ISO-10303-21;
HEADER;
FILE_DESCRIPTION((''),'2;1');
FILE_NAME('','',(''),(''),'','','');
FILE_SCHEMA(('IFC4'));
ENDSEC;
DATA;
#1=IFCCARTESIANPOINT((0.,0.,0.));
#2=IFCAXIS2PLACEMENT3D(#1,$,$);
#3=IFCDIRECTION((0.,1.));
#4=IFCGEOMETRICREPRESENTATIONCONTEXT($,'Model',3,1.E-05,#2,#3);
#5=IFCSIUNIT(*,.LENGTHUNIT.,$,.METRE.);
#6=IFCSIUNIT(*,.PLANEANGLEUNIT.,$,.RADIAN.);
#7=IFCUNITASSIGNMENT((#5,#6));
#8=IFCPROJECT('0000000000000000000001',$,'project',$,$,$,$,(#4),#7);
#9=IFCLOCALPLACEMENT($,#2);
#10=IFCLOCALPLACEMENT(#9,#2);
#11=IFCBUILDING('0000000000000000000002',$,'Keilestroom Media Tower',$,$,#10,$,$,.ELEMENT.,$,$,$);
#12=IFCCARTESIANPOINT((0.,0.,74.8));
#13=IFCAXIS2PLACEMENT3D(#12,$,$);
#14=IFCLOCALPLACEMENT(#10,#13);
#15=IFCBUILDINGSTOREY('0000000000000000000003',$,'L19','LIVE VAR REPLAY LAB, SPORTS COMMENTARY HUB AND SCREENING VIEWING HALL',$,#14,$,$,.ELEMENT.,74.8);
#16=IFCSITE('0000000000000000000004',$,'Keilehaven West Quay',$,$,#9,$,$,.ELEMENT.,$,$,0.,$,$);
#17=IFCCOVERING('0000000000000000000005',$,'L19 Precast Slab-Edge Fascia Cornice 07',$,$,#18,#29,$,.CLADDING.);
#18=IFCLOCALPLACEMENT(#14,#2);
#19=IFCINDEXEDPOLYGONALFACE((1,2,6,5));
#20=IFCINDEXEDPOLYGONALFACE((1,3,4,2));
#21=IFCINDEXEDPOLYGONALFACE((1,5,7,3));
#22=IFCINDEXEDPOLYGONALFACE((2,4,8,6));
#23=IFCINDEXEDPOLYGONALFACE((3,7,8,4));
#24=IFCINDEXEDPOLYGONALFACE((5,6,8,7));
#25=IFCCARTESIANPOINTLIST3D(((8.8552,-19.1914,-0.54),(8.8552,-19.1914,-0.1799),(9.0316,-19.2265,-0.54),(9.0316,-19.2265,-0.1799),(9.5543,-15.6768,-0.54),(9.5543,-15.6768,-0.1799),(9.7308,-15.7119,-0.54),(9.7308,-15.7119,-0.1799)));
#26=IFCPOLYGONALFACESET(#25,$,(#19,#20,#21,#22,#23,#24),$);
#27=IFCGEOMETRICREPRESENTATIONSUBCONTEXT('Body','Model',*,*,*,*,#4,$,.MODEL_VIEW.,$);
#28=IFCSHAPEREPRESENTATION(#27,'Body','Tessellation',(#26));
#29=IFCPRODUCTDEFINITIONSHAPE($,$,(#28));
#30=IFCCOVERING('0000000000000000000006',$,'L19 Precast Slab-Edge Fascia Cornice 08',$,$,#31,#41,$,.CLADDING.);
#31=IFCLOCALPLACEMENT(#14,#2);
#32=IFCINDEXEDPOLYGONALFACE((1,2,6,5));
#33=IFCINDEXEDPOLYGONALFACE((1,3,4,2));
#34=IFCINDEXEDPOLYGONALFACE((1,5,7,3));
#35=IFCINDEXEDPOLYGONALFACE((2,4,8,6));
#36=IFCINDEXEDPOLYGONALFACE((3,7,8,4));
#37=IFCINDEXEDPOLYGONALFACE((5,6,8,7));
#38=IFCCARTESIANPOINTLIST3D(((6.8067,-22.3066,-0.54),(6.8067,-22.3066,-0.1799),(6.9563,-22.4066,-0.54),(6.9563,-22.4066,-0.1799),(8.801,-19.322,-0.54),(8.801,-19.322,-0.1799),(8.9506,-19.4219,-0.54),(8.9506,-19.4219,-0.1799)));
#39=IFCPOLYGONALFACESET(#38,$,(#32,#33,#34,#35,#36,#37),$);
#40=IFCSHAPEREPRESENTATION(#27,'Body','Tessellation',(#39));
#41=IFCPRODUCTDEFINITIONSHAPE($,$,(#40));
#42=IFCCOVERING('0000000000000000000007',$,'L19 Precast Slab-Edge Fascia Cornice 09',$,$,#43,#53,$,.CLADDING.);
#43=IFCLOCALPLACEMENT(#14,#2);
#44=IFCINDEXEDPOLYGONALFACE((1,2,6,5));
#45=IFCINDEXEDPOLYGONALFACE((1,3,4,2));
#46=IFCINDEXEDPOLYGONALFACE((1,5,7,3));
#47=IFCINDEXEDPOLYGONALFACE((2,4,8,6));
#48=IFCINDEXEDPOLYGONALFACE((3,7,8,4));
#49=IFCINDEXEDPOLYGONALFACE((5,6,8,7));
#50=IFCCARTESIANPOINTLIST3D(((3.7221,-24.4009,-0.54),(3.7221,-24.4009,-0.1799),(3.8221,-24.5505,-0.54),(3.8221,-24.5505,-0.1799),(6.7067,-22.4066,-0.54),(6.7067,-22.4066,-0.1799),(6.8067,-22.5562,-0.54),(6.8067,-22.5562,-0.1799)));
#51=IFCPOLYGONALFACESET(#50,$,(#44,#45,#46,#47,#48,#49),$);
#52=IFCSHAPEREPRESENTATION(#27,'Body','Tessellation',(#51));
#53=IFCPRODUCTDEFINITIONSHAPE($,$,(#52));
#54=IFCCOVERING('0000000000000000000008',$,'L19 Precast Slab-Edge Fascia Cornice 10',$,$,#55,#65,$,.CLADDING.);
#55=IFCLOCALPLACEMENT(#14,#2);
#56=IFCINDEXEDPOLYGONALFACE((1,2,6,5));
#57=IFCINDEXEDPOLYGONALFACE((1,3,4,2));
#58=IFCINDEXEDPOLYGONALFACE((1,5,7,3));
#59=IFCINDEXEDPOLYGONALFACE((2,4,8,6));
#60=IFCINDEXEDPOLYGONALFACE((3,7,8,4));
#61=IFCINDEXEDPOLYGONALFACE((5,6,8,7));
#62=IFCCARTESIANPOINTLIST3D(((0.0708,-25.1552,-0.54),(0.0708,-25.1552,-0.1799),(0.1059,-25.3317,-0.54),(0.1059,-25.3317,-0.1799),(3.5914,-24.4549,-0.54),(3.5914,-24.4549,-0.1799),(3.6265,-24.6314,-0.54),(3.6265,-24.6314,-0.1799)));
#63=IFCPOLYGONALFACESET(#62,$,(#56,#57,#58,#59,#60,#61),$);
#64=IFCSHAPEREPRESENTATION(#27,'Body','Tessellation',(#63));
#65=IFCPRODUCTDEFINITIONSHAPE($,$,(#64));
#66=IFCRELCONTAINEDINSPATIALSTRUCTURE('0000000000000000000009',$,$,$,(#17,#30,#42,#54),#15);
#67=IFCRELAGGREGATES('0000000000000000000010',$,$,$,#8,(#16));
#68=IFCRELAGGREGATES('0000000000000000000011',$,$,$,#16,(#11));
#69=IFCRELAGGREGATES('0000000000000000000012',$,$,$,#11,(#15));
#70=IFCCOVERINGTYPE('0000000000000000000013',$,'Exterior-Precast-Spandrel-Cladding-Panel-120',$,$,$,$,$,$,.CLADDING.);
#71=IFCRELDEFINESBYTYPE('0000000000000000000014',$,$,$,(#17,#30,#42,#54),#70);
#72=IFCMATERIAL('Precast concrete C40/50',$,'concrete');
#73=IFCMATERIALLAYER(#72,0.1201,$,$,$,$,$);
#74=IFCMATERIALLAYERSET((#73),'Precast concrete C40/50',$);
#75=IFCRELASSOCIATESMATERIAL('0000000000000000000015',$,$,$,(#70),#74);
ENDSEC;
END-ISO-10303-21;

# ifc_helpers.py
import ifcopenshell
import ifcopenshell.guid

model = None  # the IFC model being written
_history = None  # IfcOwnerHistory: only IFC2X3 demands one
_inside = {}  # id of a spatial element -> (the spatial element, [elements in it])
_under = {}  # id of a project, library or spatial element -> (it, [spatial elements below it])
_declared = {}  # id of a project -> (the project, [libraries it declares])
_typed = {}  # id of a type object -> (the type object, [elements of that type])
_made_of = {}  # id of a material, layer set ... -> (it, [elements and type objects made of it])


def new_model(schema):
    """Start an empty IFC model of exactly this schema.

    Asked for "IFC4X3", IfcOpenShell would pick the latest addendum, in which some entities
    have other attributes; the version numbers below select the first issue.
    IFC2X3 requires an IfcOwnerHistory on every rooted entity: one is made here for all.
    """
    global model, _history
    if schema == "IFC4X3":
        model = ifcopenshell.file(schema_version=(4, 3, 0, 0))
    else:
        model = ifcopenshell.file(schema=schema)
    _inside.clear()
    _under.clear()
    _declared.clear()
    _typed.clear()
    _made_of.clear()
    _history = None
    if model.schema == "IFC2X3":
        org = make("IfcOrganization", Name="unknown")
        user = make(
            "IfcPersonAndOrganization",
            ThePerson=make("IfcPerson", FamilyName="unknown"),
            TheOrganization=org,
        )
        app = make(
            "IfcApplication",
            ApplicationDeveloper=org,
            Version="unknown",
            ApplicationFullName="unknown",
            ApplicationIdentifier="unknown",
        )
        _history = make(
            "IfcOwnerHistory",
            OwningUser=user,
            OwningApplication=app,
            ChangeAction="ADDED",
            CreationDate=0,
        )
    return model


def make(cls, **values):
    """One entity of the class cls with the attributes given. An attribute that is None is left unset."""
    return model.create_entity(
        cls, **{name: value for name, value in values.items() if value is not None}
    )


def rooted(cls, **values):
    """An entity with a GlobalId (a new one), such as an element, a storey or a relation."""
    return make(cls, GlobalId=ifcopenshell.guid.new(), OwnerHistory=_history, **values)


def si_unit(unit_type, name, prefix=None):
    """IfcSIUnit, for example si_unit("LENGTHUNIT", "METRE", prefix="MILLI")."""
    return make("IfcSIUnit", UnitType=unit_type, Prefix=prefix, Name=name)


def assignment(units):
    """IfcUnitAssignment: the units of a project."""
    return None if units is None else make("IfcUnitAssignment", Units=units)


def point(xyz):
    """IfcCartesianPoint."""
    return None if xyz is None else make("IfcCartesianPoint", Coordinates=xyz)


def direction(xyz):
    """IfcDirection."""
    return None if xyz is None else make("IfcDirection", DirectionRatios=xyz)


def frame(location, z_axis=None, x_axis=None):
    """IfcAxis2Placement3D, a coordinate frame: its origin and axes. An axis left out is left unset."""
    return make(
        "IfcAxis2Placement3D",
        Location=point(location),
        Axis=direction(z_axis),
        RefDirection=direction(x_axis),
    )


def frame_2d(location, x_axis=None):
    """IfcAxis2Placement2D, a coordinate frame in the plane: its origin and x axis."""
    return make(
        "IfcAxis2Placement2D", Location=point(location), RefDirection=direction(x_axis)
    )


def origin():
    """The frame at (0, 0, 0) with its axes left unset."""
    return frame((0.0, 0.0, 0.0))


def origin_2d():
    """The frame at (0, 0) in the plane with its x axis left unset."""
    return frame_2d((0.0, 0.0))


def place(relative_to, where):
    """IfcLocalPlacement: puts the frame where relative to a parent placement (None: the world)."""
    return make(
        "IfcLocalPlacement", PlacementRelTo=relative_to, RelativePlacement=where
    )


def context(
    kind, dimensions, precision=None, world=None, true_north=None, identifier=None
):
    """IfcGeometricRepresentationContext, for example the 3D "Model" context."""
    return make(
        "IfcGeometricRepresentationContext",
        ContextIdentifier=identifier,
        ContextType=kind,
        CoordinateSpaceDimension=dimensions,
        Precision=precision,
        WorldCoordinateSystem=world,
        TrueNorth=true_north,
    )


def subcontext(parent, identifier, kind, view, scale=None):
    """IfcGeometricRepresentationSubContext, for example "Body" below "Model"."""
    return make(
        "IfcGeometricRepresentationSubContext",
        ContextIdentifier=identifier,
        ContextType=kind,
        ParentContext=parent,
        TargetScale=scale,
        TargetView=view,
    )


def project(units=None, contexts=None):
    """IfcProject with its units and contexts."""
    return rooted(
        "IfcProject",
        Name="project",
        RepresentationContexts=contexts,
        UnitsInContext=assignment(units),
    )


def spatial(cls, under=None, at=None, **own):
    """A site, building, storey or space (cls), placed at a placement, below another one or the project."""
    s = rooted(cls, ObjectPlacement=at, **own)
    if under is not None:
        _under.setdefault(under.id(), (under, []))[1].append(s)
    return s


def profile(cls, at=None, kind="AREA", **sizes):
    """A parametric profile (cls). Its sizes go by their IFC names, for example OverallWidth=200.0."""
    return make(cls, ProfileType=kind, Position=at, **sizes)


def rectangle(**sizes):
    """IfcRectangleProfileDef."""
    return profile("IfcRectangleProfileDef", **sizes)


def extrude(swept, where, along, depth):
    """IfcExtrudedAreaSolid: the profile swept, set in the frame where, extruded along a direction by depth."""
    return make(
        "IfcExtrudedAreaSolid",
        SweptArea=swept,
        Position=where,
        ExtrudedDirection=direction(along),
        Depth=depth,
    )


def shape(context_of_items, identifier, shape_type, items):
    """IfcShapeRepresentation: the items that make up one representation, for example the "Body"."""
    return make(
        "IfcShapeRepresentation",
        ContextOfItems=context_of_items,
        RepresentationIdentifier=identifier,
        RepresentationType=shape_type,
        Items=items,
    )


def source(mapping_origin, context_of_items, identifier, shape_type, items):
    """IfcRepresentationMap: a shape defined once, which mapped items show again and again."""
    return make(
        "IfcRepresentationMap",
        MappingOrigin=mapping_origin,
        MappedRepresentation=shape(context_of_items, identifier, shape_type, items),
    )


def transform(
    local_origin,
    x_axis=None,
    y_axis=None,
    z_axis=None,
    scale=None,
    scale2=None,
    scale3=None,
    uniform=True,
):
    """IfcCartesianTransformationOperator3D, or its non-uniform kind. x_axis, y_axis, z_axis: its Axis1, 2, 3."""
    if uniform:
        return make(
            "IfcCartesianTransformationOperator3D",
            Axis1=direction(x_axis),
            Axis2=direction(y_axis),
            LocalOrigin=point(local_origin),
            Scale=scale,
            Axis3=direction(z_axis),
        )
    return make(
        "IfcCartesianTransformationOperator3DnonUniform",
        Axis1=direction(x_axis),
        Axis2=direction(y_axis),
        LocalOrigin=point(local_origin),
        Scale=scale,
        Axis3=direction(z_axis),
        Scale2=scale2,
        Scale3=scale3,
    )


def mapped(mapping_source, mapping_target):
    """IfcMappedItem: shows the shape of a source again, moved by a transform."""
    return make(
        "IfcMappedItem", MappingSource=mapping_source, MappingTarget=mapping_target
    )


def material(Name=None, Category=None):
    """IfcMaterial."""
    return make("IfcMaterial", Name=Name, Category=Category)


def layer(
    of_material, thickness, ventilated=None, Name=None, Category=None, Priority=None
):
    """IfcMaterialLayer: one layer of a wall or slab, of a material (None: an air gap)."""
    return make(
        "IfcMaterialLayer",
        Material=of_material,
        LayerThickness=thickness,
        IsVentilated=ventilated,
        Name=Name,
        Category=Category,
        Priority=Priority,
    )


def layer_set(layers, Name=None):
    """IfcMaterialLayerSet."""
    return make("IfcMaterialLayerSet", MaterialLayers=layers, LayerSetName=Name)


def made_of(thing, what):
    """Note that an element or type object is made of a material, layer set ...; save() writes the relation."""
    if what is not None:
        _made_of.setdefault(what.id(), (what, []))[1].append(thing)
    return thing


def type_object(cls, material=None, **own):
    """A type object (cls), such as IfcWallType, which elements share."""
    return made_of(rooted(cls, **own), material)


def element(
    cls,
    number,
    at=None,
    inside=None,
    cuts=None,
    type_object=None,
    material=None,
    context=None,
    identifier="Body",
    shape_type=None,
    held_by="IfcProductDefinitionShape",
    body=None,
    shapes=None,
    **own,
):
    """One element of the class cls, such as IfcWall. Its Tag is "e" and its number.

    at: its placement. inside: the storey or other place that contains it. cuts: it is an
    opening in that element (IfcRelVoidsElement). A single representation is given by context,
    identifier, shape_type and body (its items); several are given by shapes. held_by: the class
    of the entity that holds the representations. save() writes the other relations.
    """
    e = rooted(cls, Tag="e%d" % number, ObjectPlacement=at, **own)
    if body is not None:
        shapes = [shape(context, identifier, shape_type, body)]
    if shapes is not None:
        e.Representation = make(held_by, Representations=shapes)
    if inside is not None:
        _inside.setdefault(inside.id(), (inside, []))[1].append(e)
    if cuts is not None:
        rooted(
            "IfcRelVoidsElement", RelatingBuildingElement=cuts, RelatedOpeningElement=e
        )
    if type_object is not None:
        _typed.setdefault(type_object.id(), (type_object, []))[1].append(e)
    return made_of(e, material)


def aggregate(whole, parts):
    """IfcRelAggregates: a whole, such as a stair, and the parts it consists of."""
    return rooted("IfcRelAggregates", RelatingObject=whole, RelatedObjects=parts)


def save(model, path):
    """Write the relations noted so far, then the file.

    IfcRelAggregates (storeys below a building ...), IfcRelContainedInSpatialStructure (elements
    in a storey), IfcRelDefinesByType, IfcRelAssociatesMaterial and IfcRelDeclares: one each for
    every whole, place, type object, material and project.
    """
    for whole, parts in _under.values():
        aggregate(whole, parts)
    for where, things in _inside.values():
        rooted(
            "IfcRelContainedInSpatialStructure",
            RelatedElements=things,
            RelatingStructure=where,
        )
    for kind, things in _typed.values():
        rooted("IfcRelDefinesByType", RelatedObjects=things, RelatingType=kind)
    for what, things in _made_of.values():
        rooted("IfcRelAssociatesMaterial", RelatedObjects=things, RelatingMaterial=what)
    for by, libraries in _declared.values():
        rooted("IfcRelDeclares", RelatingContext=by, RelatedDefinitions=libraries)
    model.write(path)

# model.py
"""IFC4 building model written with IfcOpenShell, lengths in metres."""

from ifc_helpers import new_model, si_unit, direction, frame, origin, origin_2d, place, context, subcontext, project, spatial, rectangle, extrude, source, transform, mapped, material, layer, layer_set, type_object, element, save


model = new_model("IFC4")

# Units and contexts
model_context = context("Model", 3, precision=1e-05, world=origin(), true_north=direction((0.0, 1.0)))
body_context = subcontext(model_context, "Body", "Model", "MODEL_VIEW")
ifc_project = project(units=[si_unit("LENGTHUNIT", "METRE"), si_unit("PLANEANGLEUNIT", "RADIAN")], contexts=[model_context])

# Site, building, storey
site_placement = place(None, origin())
site = spatial("IfcSite", under=ifc_project, at=site_placement, Name="Keilehaven West Quay", CompositionType="ELEMENT", RefElevation=0.0)
building_placement = place(site_placement, origin())
building = spatial("IfcBuilding", under=site, at=building_placement, Name="Keilestroom Media Tower", CompositionType="ELEMENT")
storey_placement = place(building_placement, frame((0.0, 0.0, 74.8)))
storey = spatial("IfcBuildingStorey", under=building, at=storey_placement, Name="L19", Description="LIVE VAR REPLAY LAB, SPORTS COMMENTARY HUB AND SCREENING VIEWING HALL", CompositionType="ELEMENT", Elevation=74.8)

# Shared definitions
ifc_material_1 = material(Name="Precast concrete C40/50", Category="concrete")

# Coverings
ifc_layer_1 = layer(ifc_material_1, 0.1201)
ifc_layer_set_1 = layer_set([ifc_layer_1], Name="Precast concrete C40/50")
covering_type = type_object("IfcCoveringType", Name="Exterior-Precast-Spandrel-Cladding-Panel-120", PredefinedType="CLADDING", material=ifc_layer_set_1)
shared_shape_1 = source(origin(), body_context, "Body", "SweptSolid", [
    extrude(rectangle(XDim=3.5835, YDim=0.1799, at=origin_2d()), origin(), (0.0, 0.0, 1.0), 0.3601),
])
covering_1_placement = place(storey_placement, frame((9.293, -17.4517, -0.54), z_axis=(0.0, 0.0, 1.0), x_axis=(-0.195099, -0.980784, 0.0)))
element("IfcCovering", 1, at=covering_1_placement, inside=storey, type_object=covering_type, Name="L19 Precast Slab-Edge Fascia Cornice 07", PredefinedType="CLADDING", context=body_context, shape_type="MappedRepresentation", body=[
    mapped(shared_shape_1, transform((0.0, 0.0, 0.0), x_axis=(1.0, 0.0, 0.0), y_axis=(0.0, 1.0, 0.0), z_axis=(0.0, 0.0, 1.0), scale=1.0)),
])
shared_shape_2 = source(origin(), body_context, "Body", "SweptSolid", [
    extrude(rectangle(XDim=3.5896, YDim=0.1799, at=origin_2d()), origin(), (0.0, 0.0, 1.0), 0.3601),
])
for number, where, z_axis, x_axis, name in (
    (2, (7.8787, -20.8643, -0.54), (0.0, 0.0, 1.0), (-0.555575, -0.831467, 0.0), "L19 Precast Slab-Edge Fascia Cornice 08"),
    (3, (5.2644, -23.4785, -0.54), (0.0, 0.0, 1.0), (-0.831467, -0.555575, 0.0), "L19 Precast Slab-Edge Fascia Cornice 09"),
    (4, (1.8486, -24.8933, -0.54), (0.0, 0.0, 1.0), (-0.980784, -0.195099, 0.0), "L19 Precast Slab-Edge Fascia Cornice 10"),
):
    element("IfcCovering", number, at=place(storey_placement, frame(where, z_axis=z_axis, x_axis=x_axis)), inside=storey, type_object=covering_type, Name=name, PredefinedType="CLADDING", context=body_context, shape_type="MappedRepresentation", body=[
        mapped(shared_shape_2, transform((0.0, 0.0, 0.0), x_axis=(1.0, 0.0, 0.0), y_axis=(0.0, 1.0, 0.0), z_axis=(0.0, 0.0, 1.0), scale=1.0)),
    ])

save(model, "model.ifc")
